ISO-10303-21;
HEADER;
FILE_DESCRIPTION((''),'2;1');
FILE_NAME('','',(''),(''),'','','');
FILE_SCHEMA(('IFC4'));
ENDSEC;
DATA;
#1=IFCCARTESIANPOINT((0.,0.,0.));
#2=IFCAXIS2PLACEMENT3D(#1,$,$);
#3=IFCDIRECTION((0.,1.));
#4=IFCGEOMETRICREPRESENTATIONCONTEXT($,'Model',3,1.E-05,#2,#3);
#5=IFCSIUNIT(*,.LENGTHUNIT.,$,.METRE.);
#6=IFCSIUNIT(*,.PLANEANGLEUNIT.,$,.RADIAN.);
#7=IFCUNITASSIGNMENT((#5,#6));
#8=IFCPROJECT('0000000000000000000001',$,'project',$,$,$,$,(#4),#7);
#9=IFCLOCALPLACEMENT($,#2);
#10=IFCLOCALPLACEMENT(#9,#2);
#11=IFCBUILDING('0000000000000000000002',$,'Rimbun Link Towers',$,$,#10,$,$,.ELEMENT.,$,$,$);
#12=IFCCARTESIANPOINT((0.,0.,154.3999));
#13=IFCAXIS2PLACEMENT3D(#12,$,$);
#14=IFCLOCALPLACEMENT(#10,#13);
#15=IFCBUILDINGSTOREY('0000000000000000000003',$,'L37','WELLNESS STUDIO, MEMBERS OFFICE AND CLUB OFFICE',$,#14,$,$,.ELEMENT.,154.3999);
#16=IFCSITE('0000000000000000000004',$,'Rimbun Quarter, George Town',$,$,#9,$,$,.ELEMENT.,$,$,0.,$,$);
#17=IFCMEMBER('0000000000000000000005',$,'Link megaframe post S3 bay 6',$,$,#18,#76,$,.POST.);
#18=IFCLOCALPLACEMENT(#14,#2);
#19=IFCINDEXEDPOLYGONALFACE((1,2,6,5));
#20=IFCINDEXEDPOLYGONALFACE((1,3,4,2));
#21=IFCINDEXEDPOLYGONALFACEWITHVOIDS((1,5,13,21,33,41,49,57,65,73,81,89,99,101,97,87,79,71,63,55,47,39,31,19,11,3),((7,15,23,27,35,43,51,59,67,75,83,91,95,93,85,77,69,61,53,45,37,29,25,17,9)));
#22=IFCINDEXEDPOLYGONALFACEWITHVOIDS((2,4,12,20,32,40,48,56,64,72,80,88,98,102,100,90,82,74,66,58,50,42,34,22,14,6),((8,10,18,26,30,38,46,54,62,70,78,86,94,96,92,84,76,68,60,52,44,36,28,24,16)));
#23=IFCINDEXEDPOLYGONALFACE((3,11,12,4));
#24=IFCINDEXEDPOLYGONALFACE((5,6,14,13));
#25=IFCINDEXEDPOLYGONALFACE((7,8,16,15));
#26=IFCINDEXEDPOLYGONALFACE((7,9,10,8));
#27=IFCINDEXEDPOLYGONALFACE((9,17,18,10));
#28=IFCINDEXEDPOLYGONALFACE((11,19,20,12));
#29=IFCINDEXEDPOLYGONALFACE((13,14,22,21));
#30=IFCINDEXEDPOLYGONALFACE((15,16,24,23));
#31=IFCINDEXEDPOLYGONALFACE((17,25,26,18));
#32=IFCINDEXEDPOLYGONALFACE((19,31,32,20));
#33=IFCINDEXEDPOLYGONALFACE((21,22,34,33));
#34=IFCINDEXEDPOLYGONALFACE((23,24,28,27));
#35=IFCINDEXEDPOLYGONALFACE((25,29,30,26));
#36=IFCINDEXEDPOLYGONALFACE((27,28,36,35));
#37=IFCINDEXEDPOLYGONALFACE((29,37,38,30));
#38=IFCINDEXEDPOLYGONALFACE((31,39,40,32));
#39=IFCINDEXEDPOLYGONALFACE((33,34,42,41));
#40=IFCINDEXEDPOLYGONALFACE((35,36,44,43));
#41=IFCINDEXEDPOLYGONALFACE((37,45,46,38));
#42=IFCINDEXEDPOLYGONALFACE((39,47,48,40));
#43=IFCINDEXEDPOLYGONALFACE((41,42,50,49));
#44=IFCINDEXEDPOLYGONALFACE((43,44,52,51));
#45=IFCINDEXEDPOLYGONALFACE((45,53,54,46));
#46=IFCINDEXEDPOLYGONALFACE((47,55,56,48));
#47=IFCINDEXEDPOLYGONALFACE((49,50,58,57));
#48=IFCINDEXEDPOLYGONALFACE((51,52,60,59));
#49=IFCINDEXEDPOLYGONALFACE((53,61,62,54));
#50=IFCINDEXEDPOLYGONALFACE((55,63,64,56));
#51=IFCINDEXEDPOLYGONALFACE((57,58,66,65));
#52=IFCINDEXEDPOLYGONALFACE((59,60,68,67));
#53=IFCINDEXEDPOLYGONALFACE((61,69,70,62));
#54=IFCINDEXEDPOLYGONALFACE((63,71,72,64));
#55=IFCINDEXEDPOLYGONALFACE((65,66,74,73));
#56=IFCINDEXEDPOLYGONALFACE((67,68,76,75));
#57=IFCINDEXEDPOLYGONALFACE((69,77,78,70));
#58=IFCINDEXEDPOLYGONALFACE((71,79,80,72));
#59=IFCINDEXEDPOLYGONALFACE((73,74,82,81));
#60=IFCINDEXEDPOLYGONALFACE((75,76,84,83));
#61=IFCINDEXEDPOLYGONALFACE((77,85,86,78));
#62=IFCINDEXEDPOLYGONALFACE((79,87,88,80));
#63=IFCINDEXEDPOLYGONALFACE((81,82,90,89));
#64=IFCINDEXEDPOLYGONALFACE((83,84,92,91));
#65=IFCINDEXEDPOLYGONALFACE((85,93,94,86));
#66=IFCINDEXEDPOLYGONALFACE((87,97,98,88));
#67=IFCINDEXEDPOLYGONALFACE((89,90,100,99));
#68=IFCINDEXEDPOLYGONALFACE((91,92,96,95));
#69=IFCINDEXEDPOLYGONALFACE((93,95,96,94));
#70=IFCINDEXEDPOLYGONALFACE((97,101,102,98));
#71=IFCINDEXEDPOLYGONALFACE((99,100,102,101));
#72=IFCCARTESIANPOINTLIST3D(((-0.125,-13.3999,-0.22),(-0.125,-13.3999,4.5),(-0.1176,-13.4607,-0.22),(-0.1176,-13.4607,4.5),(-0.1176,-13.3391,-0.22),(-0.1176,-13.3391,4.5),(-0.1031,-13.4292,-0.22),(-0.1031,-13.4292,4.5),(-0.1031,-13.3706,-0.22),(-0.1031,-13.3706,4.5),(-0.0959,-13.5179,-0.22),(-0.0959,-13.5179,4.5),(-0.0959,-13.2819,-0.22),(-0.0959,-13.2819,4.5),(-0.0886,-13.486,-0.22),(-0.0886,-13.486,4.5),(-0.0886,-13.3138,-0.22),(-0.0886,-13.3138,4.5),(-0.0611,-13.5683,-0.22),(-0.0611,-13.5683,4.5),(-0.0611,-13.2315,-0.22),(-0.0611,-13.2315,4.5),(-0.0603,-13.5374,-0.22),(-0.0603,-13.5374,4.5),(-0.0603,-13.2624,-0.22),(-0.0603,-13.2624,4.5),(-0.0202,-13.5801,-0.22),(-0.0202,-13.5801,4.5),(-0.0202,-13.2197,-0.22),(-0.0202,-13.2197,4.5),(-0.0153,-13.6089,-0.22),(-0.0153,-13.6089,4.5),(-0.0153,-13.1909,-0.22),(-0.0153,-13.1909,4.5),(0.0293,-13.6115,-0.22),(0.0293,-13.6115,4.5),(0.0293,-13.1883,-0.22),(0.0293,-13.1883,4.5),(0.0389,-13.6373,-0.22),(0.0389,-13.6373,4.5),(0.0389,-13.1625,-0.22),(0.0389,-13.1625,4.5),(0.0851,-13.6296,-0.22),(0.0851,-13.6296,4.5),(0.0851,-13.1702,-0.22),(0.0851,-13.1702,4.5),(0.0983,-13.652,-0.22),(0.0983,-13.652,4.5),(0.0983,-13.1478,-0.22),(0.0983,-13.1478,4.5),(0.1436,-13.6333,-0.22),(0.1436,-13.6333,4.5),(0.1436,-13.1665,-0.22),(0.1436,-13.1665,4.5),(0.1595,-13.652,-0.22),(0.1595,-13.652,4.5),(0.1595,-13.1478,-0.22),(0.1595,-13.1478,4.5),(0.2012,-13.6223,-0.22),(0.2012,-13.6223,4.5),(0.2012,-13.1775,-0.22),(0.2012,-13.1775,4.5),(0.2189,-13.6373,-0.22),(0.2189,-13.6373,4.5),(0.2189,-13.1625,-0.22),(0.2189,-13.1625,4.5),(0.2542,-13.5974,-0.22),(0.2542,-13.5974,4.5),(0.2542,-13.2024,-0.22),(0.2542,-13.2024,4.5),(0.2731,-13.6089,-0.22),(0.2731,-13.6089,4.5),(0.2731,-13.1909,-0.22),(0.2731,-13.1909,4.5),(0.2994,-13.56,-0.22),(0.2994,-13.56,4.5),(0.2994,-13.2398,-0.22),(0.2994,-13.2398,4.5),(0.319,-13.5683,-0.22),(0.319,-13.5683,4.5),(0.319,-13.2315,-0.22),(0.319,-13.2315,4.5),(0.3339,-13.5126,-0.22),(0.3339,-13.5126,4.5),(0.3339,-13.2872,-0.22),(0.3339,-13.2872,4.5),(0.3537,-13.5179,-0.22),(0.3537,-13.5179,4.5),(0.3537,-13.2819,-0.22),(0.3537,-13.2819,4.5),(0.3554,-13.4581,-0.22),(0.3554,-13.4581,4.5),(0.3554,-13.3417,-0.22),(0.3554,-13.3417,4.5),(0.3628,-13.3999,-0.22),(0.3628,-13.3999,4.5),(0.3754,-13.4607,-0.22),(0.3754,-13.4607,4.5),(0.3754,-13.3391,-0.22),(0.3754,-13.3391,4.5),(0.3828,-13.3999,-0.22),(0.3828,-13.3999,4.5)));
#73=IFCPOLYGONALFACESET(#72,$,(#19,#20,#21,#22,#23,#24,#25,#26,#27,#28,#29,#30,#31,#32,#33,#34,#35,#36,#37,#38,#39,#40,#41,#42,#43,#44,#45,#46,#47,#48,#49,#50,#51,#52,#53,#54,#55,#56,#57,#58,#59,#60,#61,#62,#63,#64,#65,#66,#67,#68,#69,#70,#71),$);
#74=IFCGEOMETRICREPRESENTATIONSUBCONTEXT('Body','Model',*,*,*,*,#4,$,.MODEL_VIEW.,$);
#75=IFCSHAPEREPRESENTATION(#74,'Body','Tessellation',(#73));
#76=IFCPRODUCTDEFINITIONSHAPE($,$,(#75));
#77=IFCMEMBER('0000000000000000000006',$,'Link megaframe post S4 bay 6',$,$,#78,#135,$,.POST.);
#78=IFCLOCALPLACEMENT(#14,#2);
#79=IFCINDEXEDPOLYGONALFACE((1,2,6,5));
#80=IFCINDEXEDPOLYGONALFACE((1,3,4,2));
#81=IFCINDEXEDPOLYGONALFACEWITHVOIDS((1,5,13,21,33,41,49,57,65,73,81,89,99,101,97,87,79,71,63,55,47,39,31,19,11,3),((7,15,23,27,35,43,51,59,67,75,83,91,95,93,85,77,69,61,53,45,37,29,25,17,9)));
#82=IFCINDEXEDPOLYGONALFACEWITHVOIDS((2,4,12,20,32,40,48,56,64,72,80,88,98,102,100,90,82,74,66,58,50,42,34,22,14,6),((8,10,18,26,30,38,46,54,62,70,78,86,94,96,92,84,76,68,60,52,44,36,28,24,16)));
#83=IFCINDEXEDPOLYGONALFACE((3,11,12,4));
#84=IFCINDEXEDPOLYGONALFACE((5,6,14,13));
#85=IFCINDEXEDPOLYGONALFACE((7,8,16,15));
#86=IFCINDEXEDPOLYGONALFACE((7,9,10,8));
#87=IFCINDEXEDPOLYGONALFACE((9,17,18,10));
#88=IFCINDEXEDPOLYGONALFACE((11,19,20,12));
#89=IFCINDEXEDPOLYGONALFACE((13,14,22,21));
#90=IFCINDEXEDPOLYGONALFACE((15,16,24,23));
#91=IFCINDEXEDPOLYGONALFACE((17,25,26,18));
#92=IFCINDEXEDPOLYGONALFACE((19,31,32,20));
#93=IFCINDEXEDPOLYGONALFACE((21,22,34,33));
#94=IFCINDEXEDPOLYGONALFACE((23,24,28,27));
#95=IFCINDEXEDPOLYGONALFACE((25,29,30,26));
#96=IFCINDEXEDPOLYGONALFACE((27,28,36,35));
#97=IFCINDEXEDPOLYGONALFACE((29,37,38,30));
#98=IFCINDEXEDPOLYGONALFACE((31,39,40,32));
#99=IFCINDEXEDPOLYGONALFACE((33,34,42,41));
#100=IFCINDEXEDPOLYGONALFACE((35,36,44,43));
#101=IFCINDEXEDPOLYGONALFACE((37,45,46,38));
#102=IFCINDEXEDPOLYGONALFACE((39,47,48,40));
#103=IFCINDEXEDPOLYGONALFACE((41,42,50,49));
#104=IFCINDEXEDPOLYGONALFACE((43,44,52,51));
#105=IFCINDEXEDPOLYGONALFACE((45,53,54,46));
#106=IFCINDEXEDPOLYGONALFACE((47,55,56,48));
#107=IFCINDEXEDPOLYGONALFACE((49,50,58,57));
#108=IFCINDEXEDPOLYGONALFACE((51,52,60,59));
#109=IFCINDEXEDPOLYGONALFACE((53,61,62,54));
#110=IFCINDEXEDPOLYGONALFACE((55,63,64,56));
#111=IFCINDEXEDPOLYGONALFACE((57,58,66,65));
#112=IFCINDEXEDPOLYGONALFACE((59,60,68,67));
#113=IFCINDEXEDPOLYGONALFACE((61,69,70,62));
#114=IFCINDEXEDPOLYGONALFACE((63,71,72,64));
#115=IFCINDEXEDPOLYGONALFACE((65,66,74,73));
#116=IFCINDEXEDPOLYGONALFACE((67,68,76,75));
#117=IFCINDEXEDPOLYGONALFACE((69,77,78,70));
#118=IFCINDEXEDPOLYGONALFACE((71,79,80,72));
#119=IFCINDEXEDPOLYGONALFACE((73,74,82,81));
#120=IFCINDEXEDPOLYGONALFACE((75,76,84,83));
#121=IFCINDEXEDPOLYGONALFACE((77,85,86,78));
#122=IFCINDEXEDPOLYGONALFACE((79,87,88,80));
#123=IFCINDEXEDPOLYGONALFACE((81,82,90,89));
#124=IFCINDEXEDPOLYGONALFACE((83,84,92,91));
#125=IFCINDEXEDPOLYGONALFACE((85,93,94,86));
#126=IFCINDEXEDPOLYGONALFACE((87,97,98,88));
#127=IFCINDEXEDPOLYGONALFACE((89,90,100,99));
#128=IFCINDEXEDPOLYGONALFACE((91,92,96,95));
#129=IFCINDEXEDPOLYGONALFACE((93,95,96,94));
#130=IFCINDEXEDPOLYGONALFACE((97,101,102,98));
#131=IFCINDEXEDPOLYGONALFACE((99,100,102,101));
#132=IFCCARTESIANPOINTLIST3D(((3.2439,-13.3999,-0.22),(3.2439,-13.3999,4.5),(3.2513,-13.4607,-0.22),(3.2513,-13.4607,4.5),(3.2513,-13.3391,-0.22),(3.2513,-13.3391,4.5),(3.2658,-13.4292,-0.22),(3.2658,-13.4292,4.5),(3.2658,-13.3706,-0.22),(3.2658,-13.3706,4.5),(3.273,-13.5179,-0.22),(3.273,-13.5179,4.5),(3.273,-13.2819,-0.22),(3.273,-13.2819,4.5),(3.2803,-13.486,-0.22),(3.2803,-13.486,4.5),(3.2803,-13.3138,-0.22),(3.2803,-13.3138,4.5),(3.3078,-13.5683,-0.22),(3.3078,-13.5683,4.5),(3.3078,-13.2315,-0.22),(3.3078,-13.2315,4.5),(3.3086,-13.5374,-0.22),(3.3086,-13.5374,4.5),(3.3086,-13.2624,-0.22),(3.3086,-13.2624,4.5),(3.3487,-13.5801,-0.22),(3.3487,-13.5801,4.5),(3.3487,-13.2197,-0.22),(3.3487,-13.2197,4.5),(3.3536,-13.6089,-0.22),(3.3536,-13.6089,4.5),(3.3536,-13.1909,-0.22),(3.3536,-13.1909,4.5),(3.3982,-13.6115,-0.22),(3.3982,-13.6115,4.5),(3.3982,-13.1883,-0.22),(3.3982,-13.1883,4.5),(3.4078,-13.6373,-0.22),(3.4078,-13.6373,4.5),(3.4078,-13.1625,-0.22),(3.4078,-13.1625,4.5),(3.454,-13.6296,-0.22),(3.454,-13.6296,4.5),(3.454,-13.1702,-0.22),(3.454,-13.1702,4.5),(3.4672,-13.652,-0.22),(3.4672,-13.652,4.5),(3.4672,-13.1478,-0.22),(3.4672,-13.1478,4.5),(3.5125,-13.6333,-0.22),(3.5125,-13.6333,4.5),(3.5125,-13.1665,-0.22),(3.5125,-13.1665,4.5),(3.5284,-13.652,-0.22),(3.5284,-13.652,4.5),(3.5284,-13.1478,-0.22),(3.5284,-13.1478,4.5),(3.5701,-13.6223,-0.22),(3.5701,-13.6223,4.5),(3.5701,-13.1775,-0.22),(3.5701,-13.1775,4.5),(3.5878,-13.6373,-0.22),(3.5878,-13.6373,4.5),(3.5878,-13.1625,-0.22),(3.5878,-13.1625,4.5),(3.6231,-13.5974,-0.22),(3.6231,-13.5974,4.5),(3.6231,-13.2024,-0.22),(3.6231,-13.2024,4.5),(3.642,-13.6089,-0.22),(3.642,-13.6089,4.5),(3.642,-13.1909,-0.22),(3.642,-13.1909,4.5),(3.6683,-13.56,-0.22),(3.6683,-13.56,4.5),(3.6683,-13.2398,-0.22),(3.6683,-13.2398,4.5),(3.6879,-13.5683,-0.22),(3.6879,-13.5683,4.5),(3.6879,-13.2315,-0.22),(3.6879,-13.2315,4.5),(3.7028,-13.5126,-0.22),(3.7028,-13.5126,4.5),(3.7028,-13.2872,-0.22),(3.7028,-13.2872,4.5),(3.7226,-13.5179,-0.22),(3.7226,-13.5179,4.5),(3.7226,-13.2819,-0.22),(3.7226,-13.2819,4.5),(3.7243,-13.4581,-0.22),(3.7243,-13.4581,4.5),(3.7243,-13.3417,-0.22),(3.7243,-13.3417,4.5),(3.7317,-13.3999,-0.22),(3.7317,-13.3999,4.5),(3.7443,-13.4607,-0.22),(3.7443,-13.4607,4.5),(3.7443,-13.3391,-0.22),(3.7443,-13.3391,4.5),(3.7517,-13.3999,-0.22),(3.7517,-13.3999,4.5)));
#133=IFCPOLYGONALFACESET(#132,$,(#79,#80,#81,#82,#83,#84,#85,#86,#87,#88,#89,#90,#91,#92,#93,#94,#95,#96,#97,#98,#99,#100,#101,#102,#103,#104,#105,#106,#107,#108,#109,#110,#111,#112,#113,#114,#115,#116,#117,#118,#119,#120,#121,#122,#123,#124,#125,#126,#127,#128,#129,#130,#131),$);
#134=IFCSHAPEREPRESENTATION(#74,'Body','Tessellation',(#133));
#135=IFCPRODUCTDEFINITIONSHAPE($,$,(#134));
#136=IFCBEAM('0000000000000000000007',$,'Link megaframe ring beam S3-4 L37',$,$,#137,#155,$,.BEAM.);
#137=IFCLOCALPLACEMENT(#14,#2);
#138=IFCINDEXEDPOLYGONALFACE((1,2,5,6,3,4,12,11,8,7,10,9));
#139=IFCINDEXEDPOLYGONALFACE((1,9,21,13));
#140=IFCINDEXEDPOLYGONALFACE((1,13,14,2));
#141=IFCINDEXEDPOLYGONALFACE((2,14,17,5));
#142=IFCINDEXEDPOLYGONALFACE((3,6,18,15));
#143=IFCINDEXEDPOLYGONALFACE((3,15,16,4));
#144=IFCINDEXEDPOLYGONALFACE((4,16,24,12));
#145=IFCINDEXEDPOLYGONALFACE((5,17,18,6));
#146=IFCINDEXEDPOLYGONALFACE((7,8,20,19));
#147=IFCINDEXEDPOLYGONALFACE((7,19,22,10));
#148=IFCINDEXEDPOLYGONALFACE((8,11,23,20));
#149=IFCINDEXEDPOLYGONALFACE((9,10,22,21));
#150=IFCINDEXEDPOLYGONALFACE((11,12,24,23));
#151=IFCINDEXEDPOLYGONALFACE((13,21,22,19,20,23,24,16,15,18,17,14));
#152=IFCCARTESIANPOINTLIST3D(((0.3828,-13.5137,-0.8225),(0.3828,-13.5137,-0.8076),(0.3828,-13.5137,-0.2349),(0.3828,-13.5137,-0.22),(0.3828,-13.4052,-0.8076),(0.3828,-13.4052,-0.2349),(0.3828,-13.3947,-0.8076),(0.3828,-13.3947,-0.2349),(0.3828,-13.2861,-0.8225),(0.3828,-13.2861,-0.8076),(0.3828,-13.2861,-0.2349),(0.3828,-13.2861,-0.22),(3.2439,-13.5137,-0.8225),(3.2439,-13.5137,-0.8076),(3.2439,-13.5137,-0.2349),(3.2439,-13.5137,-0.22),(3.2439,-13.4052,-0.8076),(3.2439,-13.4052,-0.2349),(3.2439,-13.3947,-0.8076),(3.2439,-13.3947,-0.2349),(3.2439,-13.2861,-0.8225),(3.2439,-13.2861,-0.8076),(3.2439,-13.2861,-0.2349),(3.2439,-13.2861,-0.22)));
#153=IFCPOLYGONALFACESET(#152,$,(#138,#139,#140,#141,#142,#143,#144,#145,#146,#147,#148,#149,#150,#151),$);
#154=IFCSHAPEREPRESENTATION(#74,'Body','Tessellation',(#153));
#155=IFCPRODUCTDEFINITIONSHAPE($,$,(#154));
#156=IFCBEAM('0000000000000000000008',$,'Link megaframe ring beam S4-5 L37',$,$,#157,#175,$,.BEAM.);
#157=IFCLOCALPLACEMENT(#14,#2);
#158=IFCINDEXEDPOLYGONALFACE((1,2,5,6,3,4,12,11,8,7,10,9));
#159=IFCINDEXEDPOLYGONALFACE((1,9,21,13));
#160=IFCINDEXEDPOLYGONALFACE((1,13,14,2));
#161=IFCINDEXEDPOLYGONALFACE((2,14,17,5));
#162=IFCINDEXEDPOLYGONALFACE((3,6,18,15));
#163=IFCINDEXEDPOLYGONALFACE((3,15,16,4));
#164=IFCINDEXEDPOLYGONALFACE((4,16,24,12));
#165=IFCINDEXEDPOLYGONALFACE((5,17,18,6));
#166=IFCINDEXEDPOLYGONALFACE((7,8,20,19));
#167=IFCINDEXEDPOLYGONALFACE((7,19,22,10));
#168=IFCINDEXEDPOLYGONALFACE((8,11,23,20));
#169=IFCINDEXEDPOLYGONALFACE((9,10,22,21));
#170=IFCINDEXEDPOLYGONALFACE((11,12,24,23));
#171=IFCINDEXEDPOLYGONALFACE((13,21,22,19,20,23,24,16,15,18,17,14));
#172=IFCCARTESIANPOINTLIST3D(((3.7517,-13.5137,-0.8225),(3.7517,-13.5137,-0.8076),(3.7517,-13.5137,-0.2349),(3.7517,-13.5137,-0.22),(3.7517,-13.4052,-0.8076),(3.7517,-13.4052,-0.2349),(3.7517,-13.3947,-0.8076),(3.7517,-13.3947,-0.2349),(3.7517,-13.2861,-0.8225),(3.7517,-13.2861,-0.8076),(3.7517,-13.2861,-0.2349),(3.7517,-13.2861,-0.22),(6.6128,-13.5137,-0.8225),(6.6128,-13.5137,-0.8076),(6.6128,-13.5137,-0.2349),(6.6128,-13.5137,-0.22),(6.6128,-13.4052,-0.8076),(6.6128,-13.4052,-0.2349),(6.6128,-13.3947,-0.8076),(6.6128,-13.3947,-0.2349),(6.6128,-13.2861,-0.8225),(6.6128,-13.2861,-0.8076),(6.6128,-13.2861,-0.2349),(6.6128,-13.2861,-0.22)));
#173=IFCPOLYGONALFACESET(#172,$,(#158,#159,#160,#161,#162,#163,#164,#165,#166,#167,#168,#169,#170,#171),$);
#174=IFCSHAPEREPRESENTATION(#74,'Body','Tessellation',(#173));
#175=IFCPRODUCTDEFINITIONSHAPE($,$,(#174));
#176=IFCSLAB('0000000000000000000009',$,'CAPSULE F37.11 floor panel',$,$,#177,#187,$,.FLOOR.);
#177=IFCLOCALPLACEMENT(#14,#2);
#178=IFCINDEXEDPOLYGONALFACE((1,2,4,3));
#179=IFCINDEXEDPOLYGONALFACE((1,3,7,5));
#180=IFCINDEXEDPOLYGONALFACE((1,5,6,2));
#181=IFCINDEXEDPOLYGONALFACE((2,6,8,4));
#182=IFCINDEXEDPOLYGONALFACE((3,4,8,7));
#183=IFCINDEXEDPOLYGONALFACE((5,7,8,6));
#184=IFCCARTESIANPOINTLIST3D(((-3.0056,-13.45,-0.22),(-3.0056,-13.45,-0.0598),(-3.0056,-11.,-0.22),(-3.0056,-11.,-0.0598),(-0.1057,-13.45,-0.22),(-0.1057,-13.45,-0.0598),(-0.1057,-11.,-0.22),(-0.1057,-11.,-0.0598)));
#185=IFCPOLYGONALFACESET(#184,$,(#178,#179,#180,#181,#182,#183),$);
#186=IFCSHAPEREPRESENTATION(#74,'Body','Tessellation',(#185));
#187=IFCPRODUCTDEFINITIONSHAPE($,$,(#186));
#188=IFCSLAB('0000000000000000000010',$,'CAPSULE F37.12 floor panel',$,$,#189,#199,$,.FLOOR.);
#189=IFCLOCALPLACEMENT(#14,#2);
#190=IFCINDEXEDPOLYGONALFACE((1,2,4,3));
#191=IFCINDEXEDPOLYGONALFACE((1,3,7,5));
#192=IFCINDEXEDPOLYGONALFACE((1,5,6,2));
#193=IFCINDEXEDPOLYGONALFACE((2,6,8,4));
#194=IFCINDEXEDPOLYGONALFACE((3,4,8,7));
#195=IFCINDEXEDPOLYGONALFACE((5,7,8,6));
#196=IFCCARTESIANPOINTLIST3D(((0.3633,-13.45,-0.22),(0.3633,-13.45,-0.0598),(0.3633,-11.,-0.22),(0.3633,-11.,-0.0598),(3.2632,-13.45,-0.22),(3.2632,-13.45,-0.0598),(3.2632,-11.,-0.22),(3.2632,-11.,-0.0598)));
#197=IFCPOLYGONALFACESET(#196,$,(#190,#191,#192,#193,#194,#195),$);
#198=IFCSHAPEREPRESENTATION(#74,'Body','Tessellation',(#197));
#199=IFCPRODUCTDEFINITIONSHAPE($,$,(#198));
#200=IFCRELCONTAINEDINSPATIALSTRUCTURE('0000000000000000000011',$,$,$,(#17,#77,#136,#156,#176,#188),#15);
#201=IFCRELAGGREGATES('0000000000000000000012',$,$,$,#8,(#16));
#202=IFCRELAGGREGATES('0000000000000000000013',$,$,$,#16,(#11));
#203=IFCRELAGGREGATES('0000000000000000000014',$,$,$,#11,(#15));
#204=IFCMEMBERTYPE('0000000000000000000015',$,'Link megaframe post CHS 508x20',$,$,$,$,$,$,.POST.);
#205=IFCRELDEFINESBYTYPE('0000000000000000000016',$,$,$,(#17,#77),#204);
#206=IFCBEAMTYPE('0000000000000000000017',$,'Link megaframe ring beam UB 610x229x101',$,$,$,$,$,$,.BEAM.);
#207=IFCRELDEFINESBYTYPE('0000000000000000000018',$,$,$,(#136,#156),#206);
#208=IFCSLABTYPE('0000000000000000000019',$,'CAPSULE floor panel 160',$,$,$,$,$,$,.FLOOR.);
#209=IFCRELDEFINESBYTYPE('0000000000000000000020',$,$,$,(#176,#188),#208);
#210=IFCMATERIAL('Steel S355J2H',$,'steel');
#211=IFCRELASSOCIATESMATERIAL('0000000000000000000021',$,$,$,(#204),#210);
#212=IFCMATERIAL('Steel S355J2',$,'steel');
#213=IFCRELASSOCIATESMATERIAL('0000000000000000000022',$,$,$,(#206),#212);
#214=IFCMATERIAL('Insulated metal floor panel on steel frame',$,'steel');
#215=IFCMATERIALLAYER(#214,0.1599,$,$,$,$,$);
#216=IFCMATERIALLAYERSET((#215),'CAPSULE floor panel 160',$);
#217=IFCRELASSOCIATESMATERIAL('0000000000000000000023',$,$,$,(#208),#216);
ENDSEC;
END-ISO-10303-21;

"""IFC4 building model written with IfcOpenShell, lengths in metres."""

from ifc_helpers import new_model, si_unit, direction, frame, origin, origin_2d, place, context, subcontext, project, spatial, polyline, hollow_circle, i_section, outline, extrude, material, layer, layer_set, material_profile, profile_set, type_object, element, save


model = new_model("IFC4")

# Units and contexts
model_context = context("Model", 3, precision=1e-05, world=origin(), true_north=direction((0.0, 1.0)))
body_context = subcontext(model_context, "Body", "Model", "MODEL_VIEW")
ifc_project = project(units=[si_unit("LENGTHUNIT", "METRE"), si_unit("PLANEANGLEUNIT", "RADIAN")], contexts=[model_context])

# Site, building, storey
site_placement = place(None, origin())
site = spatial("IfcSite", under=ifc_project, at=site_placement, Name="Rimbun Quarter, George Town", CompositionType="ELEMENT", RefElevation=0.0)
building_placement = place(site_placement, origin())
building = spatial("IfcBuilding", under=site, at=building_placement, Name="Rimbun Link Towers", CompositionType="ELEMENT")
storey_placement = place(building_placement, frame((0.0, 0.0, 154.3999)))
storey = spatial("IfcBuildingStorey", under=building, at=storey_placement, Name="L37", Description="WELLNESS STUDIO, MEMBERS OFFICE AND CLUB OFFICE", CompositionType="ELEMENT", Elevation=154.3999)

# Members
ifc_material_1 = material(Name="Steel S355J2H", Category="steel")
ifc_material_profile_1 = material_profile(ifc_material_1, hollow_circle(Radius=0.2539, WallThickness=0.02, at=origin_2d()), Name="CHS 508x20")
ifc_profile_set_1 = profile_set([ifc_material_profile_1], Name="Steel S355J2H")
member_type_1 = type_object("IfcMemberType", Name="Link megaframe post CHS 508x20", PredefinedType="POST", material=ifc_profile_set_1)
for number, where, z_axis, x_axis, name in (
    (1, (0.1289, -13.3999, -0.22), (0.0, 0.0, 1.0), (1.0, 0.0, 0.0), "Link megaframe post S3 bay 6"),
    (2, (3.4978, -13.3999, -0.22), (0.0, 0.0, 1.0), (1.0, 0.0, 0.0), "Link megaframe post S4 bay 6"),
):
    element("IfcMember", number, at=place(storey_placement, frame(where, z_axis=z_axis, x_axis=x_axis)), inside=storey, type_object=member_type_1, Name=name, PredefinedType="POST", context=body_context, shape_type="SweptSolid", body=[
        extrude(hollow_circle(Radius=0.2539, WallThickness=0.02, at=origin_2d()), origin(), (0.0, 0.0, 1.0), 4.72),
    ])

# Beams
ifc_material_2 = material(Name="Steel S355J2", Category="steel")
ifc_material_profile_2 = material_profile(ifc_material_2, i_section(OverallWidth=0.2275, OverallDepth=0.6025, WebThickness=0.0105, FlangeThickness=0.0149, at=origin_2d()), Name="UB 610x229x101")
ifc_profile_set_2 = profile_set([ifc_material_profile_2], Name="Steel S355J2")
beam_type_1 = type_object("IfcBeamType", Name="Link megaframe ring beam UB 610x229x101", PredefinedType="BEAM", material=ifc_profile_set_2)
for number, where, z_axis, x_axis, name in (
    (3, (0.3828, -13.3999, -0.5212), (1.0, 0.0, 0.0), (0.0, 1.0, 0.0), "Link megaframe ring beam S3-4 L37"),
    (4, (3.7517, -13.3999, -0.5212), (1.0, 0.0, 0.0), (0.0, 1.0, 0.0), "Link megaframe ring beam S4-5 L37"),
):
    element("IfcBeam", number, at=place(storey_placement, frame(where, z_axis=z_axis, x_axis=x_axis)), inside=storey, type_object=beam_type_1, Name=name, PredefinedType="BEAM", context=body_context, shape_type="SweptSolid", body=[
        extrude(i_section(OverallWidth=0.2275, OverallDepth=0.6025, WebThickness=0.0105, FlangeThickness=0.0149, at=origin_2d()), origin(), (0.0, 0.0, 1.0), 2.8611),
    ])

# Slabs
ifc_material_3 = material(Name="Insulated metal floor panel on steel frame", Category="steel")
ifc_layer_1 = layer(ifc_material_3, 0.1599)
ifc_layer_set_1 = layer_set([ifc_layer_1], Name="CAPSULE floor panel 160")
slab_type_1 = type_object("IfcSlabType", Name="CAPSULE floor panel 160", PredefinedType="FLOOR", material=ifc_layer_set_1)
slab_1_placement = place(storey_placement, frame((0.0, 0.0, -0.22)))
element("IfcSlab", 5, at=slab_1_placement, inside=storey, type_object=slab_type_1, Name="CAPSULE F37.11 floor panel", PredefinedType="FLOOR", context=body_context, shape_type="SweptSolid", body=[
    extrude(outline(polyline([(-0.1057, -11.0), (-3.0056, -11.0), (-3.0056, -13.45), (-0.1057, -13.45), (-0.1057, -11.0)])), origin(), (0.0, 0.0, 1.0), 0.1602),
])
slab_2_placement = place(storey_placement, frame((0.0, 0.0, -0.22)))
element("IfcSlab", 6, at=slab_2_placement, inside=storey, type_object=slab_type_1, Name="CAPSULE F37.12 floor panel", PredefinedType="FLOOR", context=body_context, shape_type="SweptSolid", body=[
    extrude(outline(polyline([(3.2632, -11.0), (0.3633, -11.0), (0.3633, -13.45), (3.2632, -13.45), (3.2632, -11.0)])), origin(), (0.0, 0.0, 1.0), 0.1602),
])

save(model, "model.ifc")
